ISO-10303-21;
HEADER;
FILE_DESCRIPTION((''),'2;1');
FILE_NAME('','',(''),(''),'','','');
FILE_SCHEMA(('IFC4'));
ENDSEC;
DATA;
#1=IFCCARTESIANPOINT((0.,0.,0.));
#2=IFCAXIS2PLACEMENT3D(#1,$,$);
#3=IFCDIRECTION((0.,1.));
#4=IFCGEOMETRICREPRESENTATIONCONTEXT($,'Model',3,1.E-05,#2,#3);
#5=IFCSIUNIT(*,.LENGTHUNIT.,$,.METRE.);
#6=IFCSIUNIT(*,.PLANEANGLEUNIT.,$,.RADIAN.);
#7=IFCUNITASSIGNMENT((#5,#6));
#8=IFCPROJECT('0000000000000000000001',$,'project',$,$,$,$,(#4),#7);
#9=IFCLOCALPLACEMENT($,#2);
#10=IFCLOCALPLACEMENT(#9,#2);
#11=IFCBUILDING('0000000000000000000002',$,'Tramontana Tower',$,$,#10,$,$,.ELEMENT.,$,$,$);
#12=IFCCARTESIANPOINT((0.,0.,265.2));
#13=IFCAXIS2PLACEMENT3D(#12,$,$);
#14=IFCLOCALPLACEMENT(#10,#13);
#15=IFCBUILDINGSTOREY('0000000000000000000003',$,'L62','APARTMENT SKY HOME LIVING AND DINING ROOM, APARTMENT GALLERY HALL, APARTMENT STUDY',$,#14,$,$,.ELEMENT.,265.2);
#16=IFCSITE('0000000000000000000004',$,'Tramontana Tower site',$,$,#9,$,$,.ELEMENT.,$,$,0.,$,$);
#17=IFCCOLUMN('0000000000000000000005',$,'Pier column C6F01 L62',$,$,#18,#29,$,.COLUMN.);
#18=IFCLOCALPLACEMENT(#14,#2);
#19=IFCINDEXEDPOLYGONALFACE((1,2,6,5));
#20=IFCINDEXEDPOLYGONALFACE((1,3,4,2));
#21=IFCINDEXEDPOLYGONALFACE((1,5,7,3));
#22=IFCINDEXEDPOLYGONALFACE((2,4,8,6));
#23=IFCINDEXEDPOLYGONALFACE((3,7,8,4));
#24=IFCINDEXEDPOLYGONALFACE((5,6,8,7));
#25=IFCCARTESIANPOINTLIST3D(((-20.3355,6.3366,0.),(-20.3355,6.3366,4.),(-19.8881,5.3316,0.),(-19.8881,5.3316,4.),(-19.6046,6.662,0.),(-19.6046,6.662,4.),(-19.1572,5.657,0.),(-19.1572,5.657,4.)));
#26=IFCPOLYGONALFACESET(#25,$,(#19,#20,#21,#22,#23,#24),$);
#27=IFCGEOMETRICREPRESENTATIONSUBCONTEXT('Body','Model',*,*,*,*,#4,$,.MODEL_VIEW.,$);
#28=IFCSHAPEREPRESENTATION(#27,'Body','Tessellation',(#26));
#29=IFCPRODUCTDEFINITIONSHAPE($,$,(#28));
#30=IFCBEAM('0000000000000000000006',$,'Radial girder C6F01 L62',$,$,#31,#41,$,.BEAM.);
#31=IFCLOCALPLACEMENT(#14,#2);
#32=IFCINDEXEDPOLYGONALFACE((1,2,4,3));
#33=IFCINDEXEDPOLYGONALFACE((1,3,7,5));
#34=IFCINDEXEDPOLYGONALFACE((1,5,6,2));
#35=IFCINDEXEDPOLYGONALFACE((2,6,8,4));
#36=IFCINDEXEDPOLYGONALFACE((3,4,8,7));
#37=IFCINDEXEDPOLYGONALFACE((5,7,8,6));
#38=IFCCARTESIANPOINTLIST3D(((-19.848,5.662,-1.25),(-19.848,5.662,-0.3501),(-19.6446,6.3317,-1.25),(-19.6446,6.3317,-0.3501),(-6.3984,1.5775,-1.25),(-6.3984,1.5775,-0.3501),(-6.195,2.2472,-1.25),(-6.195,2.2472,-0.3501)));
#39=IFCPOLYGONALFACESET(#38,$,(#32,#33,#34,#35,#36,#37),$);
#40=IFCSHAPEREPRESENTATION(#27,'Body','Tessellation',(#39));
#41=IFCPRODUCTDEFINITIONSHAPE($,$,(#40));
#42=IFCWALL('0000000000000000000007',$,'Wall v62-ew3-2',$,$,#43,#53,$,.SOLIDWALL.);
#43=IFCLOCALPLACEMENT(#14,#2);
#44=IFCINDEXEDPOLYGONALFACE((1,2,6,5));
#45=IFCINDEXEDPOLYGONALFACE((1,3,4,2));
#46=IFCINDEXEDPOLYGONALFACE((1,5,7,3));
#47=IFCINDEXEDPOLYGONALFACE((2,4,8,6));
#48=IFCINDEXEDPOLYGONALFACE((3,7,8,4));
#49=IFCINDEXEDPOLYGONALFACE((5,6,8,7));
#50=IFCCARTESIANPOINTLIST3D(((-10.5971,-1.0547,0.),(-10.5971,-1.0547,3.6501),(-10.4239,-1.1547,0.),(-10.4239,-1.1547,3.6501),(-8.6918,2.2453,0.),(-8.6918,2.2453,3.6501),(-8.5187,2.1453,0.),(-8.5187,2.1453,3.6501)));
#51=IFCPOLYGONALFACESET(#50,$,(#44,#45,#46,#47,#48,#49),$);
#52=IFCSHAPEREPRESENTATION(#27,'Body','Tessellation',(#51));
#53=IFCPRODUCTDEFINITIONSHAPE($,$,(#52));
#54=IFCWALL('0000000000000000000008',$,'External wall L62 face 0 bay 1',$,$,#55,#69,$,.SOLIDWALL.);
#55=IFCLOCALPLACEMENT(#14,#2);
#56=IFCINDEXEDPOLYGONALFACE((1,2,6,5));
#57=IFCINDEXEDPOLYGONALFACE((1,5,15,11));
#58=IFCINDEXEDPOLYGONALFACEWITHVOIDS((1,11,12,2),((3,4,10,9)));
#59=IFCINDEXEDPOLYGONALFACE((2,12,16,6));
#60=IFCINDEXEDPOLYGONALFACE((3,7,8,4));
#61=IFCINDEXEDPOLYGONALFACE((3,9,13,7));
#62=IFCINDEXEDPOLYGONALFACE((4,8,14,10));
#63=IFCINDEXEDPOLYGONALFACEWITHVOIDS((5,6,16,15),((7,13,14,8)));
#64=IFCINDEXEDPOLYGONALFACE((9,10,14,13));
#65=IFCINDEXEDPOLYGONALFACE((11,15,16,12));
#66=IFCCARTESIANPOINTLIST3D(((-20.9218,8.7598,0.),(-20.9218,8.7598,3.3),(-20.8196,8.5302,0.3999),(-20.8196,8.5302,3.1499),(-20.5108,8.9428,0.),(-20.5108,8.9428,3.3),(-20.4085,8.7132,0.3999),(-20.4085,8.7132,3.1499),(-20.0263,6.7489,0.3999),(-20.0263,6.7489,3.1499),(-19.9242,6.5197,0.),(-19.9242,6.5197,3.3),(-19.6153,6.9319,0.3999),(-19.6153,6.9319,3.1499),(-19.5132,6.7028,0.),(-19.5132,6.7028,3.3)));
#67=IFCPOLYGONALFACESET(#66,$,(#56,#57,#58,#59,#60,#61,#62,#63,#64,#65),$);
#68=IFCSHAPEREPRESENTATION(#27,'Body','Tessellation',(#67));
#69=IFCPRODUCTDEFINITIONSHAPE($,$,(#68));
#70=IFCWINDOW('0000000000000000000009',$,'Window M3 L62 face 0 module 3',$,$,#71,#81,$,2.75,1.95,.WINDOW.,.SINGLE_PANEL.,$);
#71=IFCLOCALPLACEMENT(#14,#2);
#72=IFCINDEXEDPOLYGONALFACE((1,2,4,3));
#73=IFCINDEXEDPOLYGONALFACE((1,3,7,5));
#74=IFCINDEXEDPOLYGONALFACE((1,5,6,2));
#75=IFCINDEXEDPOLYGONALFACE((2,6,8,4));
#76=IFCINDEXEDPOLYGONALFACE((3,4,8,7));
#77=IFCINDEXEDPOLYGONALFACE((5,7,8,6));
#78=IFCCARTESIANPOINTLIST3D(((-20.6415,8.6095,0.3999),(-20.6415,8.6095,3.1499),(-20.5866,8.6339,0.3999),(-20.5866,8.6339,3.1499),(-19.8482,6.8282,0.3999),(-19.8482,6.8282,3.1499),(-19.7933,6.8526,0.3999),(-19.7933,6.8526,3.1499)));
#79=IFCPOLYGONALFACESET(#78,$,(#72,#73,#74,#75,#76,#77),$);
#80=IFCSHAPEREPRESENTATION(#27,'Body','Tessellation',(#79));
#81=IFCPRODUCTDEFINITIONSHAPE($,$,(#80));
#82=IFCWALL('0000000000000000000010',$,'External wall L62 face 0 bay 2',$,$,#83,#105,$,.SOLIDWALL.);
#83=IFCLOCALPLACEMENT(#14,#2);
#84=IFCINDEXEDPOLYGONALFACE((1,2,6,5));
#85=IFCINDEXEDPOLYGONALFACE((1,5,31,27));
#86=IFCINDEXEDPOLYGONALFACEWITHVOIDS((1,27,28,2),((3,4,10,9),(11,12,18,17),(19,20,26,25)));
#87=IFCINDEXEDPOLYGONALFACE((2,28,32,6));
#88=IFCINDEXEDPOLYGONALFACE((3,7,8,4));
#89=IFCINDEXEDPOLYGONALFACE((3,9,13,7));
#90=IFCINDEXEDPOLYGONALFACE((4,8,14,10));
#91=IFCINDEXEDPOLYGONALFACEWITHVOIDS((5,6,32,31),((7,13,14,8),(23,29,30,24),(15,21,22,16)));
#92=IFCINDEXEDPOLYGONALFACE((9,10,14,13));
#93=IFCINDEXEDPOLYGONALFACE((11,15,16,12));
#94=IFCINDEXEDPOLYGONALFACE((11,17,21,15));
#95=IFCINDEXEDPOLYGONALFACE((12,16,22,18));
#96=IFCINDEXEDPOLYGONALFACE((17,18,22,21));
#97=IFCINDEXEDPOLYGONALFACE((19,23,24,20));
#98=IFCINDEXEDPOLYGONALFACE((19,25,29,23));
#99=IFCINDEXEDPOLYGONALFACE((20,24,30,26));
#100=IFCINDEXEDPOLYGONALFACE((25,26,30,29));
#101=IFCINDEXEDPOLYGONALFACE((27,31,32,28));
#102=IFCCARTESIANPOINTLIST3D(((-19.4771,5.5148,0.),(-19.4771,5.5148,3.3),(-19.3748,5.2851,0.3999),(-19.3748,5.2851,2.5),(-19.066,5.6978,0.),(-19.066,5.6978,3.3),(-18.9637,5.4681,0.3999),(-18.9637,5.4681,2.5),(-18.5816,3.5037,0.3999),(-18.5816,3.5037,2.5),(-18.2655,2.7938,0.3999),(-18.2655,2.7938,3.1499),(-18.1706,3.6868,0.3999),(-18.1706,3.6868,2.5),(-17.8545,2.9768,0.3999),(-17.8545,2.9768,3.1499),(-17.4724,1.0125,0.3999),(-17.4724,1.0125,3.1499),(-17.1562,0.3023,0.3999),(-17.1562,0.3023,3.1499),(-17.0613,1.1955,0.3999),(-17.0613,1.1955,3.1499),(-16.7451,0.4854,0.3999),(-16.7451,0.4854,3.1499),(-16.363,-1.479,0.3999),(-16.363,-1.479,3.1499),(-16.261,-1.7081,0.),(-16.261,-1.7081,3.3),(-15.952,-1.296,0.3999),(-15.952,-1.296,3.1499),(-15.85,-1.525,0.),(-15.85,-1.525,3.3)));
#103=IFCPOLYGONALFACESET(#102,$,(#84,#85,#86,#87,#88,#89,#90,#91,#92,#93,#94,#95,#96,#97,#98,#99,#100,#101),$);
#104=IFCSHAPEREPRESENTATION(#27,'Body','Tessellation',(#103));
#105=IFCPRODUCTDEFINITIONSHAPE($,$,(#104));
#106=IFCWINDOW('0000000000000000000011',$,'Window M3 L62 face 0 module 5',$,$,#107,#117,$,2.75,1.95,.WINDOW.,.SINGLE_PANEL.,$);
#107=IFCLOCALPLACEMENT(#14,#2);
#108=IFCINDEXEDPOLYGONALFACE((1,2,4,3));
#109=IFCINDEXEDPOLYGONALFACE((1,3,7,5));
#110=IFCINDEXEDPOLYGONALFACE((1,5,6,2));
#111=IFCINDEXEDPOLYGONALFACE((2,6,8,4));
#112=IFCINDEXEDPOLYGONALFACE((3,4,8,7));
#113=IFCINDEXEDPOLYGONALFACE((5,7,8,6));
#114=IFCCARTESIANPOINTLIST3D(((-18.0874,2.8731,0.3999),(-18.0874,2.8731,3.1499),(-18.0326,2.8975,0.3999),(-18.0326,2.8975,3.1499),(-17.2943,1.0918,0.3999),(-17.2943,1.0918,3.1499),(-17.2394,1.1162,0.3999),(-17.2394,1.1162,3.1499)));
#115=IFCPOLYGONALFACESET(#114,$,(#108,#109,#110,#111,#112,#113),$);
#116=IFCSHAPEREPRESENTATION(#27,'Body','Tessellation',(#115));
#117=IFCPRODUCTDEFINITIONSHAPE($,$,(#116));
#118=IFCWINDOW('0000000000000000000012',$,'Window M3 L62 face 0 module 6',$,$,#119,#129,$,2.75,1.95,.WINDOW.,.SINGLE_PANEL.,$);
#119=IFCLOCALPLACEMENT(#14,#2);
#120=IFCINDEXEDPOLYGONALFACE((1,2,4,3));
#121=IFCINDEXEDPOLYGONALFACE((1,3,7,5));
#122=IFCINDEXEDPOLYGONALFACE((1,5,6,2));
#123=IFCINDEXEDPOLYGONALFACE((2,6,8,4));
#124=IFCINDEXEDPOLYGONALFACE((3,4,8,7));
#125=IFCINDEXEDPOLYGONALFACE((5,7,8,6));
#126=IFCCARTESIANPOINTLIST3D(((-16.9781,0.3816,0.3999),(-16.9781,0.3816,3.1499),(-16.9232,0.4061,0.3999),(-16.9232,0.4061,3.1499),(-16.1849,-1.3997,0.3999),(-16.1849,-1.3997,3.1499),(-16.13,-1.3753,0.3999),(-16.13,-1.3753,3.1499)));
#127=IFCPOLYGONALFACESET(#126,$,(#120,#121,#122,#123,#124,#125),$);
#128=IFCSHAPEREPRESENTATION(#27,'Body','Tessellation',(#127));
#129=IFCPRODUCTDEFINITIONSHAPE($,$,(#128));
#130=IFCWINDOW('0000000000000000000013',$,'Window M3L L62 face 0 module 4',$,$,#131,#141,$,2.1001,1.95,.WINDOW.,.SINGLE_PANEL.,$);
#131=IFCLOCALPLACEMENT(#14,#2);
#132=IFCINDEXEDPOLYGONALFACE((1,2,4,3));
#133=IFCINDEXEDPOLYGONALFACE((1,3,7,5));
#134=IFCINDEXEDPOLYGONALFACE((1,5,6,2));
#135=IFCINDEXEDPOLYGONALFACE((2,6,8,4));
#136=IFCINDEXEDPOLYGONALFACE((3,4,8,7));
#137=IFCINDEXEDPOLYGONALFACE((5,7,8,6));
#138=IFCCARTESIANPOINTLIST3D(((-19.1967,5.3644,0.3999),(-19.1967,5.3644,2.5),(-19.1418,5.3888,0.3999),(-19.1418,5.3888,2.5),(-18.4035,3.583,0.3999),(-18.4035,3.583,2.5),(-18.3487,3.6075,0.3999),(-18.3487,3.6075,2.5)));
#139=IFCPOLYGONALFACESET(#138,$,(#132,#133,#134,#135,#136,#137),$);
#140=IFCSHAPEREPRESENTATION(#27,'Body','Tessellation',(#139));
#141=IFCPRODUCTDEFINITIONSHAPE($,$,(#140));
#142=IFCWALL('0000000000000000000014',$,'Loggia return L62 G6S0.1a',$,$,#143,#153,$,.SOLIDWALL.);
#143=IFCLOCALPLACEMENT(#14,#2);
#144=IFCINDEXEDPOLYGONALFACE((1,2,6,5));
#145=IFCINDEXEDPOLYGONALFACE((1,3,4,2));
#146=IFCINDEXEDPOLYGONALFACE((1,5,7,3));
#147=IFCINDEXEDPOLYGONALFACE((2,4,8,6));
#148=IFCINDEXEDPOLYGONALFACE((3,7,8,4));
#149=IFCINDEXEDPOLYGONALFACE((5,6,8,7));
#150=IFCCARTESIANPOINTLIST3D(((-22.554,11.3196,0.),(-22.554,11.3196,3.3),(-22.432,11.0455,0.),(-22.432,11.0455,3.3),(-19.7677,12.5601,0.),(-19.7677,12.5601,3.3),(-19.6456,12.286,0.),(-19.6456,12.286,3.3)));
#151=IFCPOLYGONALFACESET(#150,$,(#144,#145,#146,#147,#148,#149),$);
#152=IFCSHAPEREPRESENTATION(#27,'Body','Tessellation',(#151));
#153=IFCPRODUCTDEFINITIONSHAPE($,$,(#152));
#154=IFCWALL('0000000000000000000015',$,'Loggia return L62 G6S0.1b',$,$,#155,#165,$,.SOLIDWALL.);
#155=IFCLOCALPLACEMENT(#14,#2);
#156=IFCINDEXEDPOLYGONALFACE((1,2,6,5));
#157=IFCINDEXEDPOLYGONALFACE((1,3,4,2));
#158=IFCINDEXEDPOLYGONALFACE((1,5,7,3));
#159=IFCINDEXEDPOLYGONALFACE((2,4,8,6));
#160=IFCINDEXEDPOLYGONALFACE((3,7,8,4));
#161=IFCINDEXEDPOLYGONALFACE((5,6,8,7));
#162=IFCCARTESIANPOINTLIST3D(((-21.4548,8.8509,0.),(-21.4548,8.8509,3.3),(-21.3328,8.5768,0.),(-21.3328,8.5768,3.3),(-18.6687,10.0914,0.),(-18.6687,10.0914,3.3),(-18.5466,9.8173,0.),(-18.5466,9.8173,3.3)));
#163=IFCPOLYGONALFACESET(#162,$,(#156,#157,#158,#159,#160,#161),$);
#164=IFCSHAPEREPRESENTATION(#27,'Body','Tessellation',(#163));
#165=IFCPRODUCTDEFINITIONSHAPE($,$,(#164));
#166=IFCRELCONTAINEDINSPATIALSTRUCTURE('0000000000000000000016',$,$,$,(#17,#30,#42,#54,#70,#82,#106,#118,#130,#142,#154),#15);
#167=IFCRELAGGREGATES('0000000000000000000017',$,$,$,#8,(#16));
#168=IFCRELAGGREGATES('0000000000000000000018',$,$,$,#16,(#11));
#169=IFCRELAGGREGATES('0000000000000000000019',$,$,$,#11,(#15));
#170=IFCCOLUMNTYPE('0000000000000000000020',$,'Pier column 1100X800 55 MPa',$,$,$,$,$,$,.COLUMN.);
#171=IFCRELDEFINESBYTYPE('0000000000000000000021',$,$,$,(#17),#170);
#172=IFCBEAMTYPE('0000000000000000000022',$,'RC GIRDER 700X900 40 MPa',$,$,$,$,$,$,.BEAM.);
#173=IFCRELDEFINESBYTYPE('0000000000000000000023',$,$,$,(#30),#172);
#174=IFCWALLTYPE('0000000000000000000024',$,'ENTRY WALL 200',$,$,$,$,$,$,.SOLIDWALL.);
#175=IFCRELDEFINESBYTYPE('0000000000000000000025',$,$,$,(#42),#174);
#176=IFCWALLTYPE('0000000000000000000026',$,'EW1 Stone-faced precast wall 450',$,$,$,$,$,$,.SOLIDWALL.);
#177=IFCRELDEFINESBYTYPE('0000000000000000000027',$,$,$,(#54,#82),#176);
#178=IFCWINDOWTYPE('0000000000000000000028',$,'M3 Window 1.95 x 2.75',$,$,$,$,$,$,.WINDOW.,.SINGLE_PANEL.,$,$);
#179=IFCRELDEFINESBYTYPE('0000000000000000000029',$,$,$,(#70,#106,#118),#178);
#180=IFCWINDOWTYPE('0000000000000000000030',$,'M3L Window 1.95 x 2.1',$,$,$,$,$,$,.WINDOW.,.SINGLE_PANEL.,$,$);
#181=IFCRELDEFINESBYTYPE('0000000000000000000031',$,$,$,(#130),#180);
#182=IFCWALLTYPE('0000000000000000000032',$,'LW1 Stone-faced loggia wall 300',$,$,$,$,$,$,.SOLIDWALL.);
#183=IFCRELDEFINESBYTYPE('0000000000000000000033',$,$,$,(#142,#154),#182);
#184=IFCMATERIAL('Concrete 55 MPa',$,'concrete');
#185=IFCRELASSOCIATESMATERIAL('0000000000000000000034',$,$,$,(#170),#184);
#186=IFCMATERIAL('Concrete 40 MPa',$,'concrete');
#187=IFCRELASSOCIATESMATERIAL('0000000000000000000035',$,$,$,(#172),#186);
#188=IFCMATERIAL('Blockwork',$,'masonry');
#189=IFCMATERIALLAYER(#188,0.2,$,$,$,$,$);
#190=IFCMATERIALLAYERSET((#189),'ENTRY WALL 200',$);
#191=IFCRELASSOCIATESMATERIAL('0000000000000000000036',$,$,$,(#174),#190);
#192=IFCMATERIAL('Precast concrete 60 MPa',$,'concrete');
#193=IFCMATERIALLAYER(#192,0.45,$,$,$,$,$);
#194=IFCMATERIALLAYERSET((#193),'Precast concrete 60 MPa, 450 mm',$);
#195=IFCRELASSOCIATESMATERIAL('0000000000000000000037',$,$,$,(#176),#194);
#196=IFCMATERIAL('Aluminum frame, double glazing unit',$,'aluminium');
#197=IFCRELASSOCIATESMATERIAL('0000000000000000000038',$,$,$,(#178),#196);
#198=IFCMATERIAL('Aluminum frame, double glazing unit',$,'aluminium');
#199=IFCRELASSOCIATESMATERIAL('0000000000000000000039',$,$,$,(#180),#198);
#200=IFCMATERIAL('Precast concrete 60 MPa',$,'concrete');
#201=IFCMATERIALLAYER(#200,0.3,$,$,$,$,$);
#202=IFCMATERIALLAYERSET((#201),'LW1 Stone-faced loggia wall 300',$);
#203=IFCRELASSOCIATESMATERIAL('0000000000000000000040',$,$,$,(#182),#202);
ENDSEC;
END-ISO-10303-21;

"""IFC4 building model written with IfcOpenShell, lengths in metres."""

from ifc_helpers import new_model, si_unit, direction, frame, frame_2d, origin, origin_2d, place, context, subcontext, project, spatial, rectangle, extrude, material, layer, layer_set, material_profile, profile_set, type_object, element, fill, save


model = new_model("IFC4")

# Units and contexts
model_context = context("Model", 3, precision=1e-05, world=origin(), true_north=direction((0.0, 1.0)))
body_context = subcontext(model_context, "Body", "Model", "MODEL_VIEW")
ifc_project = project(units=[si_unit("LENGTHUNIT", "METRE"), si_unit("PLANEANGLEUNIT", "RADIAN")], contexts=[model_context])

# Site, building, storey
site_placement = place(None, origin())
site = spatial("IfcSite", under=ifc_project, at=site_placement, Name="Tramontana Tower site", CompositionType="ELEMENT", RefElevation=0.0)
building_placement = place(site_placement, origin())
building = spatial("IfcBuilding", under=site, at=building_placement, Name="Tramontana Tower", CompositionType="ELEMENT")
storey_placement = place(building_placement, frame((0.0, 0.0, 265.2)))
storey = spatial("IfcBuildingStorey", under=building, at=storey_placement, Name="L62", Description="APARTMENT SKY HOME LIVING AND DINING ROOM, APARTMENT GALLERY HALL, APARTMENT STUDY", CompositionType="ELEMENT", Elevation=265.2)

# Column
ifc_material_1 = material(Name="Concrete 55 MPa", Category="concrete")
ifc_material_profile_1 = material_profile(ifc_material_1, rectangle(XDim=1.1001, YDim=0.8, at=origin_2d()), Name="Pier column 1100X800 55 MPa")
ifc_profile_set_1 = profile_set([ifc_material_profile_1], Name="Concrete 55 MPa")
column_type = type_object("IfcColumnType", Name="Pier column 1100X800 55 MPa", PredefinedType="COLUMN", material=ifc_profile_set_1)
column_placement = place(storey_placement, frame((-19.7463, 5.9968, 0.0), z_axis=(0.0, 0.0, 1.0), x_axis=(0.406737, -0.913545, 0.0)))
element("IfcColumn", 1, at=column_placement, inside=storey, type_object=column_type, Name="Pier column C6F01 L62", PredefinedType="COLUMN", context=body_context, shape_type="SweptSolid", body=[
    extrude(rectangle(XDim=1.1001, YDim=0.8, at=origin_2d()), origin(), (0.0, 0.0, 1.0), 4.0),
])

# Beam
ifc_material_2 = material(Name="Concrete 40 MPa", Category="concrete")
ifc_material_profile_2 = material_profile(ifc_material_2, rectangle(XDim=0.7, YDim=0.8999, at=origin_2d()), Name="RC GIRDER 700X900 40 MPa")
ifc_profile_set_2 = profile_set([ifc_material_profile_2], Name="Concrete 40 MPa")
beam_type = type_object("IfcBeamType", Name="RC GIRDER 700X900 40 MPa", PredefinedType="BEAM", material=ifc_profile_set_2)
beam_placement = place(storey_placement, frame((-19.7463, 5.9968, -0.8), z_axis=(0.95685, -0.290581, 0.0), x_axis=(0.290581, 0.95685, 0.0)))
element("IfcBeam", 2, at=beam_placement, inside=storey, type_object=beam_type, Name="Radial girder C6F01 L62", PredefinedType="BEAM", context=body_context, shape_type="SweptSolid", body=[
    extrude(rectangle(XDim=0.7, YDim=0.8999, at=origin_2d()), origin(), (0.0, 0.0, 1.0), 14.0562),
])

# Wall
ifc_material_3 = material(Name="Blockwork", Category="masonry")
ifc_layer_1 = layer(ifc_material_3, 0.2)
ifc_layer_set_1 = layer_set([ifc_layer_1], Name="ENTRY WALL 200")
wall_type_1 = type_object("IfcWallType", Name="ENTRY WALL 200", PredefinedType="SOLIDWALL", material=ifc_layer_set_1)
wall_1_placement = place(storey_placement, frame((-10.5105, -1.1047, 0.0), z_axis=(0.0, 0.0, 1.0), x_axis=(0.499998, 0.866027, 0.0)))
element("IfcWall", 3, at=wall_1_placement, inside=storey, type_object=wall_type_1, Name="Wall v62-ew3-2", PredefinedType="SOLIDWALL", context=body_context, shape_type="SweptSolid", body=[
    extrude(rectangle(XDim=3.8105, YDim=0.2, at=frame_2d((1.9053, 0.0))), origin(), (0.0, 0.0, 1.0), 3.6501),
])

# Wall, opening, window
ifc_material_4 = material(Name="Precast concrete 60 MPa", Category="concrete")
ifc_layer_2 = layer(ifc_material_4, 0.45)
ifc_layer_set_2 = layer_set([ifc_layer_2], Name="Precast concrete 60 MPa, 450 mm")
wall_type_2 = type_object("IfcWallType", Name="EW1 Stone-faced precast wall 450", PredefinedType="SOLIDWALL", material=ifc_layer_set_2)
wall_2_placement = place(storey_placement, frame((-20.7163, 8.8513, 0.0), z_axis=(0.0, 0.0, 1.0), x_axis=(0.406822, -0.913507, 0.0)))
wall_2 = element("IfcWall", 4, at=wall_2_placement, inside=storey, type_object=wall_type_2, Name="External wall L62 face 0 bay 1", PredefinedType="SOLIDWALL", context=body_context, shape_type="SweptSolid", body=[
    extrude(rectangle(XDim=2.4521, YDim=0.45, at=frame_2d((1.2261, 0.0))), origin(), (0.0, 0.0, 1.0), 3.3),
])
opening_1_placement = place(wall_2_placement, frame((0.2512, 0.0, 0.3999)))
opening_1 = element("IfcOpeningElement", 5, at=opening_1_placement, cuts=wall_2, PredefinedType="OPENING", context=body_context, shape_type="SweptSolid", body=[
    extrude(rectangle(XDim=1.95, YDim=2.75, at=frame_2d((0.9751, 1.375))), frame((0.0, 0.2349, 0.0), z_axis=(0.0, -1.0, 0.0), x_axis=(1.0, 0.0, 0.0)), (0.0, 0.0, 1.0), 0.47),
])
ifc_material_5 = material(Name="Aluminum frame, double glazing unit", Category="aluminium")
window_type_1 = type_object("IfcWindowType", Name="M3 Window 1.95 x 2.75", PartitioningType="SINGLE_PANEL", PredefinedType="WINDOW", material=ifc_material_5)
window_1_placement = place(opening_1_placement, origin())
window_1 = element("IfcWindow", 6, at=window_1_placement, inside=storey, type_object=window_type_1, Name="Window M3 L62 face 0 module 3", OverallHeight=2.75, OverallWidth=1.95, PartitioningType="SINGLE_PANEL", PredefinedType="WINDOW", context=body_context, shape_type="SweptSolid", body=[
    extrude(rectangle(XDim=1.95, YDim=2.75, at=frame_2d((0.9751, 1.375))), frame((0.0, 0.03, 0.0), z_axis=(0.0, -1.0, 0.0), x_axis=(1.0, 0.0, 0.0)), (0.0, 0.0, 1.0), 0.0601),
])
fill(opening_1, window_1)

# Wall, openings, windows
wall_3_placement = place(storey_placement, frame((-19.2715, 5.6062, 0.0), z_axis=(0.0, 0.0, 1.0), x_axis=(0.40676, -0.913535, 0.0)))
wall_3 = element("IfcWall", 7, at=wall_3_placement, inside=storey, type_object=wall_type_2, Name="External wall L62 face 0 bay 2", PredefinedType="SOLIDWALL", context=body_context, shape_type="SweptSolid", body=[
    extrude(rectangle(XDim=7.9065, YDim=0.45, at=frame_2d((3.9531, 0.0))), origin(), (0.0, 0.0, 1.0), 3.3),
])
opening_2_placement = place(wall_3_placement, frame((0.2512, 0.0, 0.3999)))
opening_2 = element("IfcOpeningElement", 8, at=opening_2_placement, cuts=wall_3, PredefinedType="OPENING", context=body_context, shape_type="SweptSolid", body=[
    extrude(rectangle(XDim=1.95, YDim=2.1001, at=frame_2d((0.9751, 1.05))), frame((0.0, 0.2349, 0.0), z_axis=(0.0, -1.0, 0.0), x_axis=(1.0, 0.0, 0.0)), (0.0, 0.0, 1.0), 0.47),
])
opening_3_placement = place(wall_3_placement, frame((2.9783, 0.0, 0.3999)))
opening_3 = element("IfcOpeningElement", 9, at=opening_3_placement, cuts=wall_3, PredefinedType="OPENING", context=body_context, shape_type="SweptSolid", body=[
    extrude(rectangle(XDim=1.95, YDim=2.75, at=frame_2d((0.9751, 1.375))), frame((0.0, 0.2349, 0.0), z_axis=(0.0, -1.0, 0.0), x_axis=(1.0, 0.0, 0.0)), (0.0, 0.0, 1.0), 0.47),
])
opening_4_placement = place(wall_3_placement, frame((5.7056, 0.0, 0.3999)))
opening_4 = element("IfcOpeningElement", 10, at=opening_4_placement, cuts=wall_3, PredefinedType="OPENING", context=body_context, shape_type="SweptSolid", body=[
    extrude(rectangle(XDim=1.95, YDim=2.75, at=frame_2d((0.9751, 1.375))), frame((0.0, 0.2349, 0.0), z_axis=(0.0, -1.0, 0.0), x_axis=(1.0, 0.0, 0.0)), (0.0, 0.0, 1.0), 0.47),
])
window_2_placement = place(opening_3_placement, origin())
window_2 = element("IfcWindow", 11, at=window_2_placement, inside=storey, type_object=window_type_1, Name="Window M3 L62 face 0 module 5", OverallHeight=2.75, OverallWidth=1.95, PartitioningType="SINGLE_PANEL", PredefinedType="WINDOW", context=body_context, shape_type="SweptSolid", body=[
    extrude(rectangle(XDim=1.95, YDim=2.75, at=frame_2d((0.9751, 1.375))), frame((0.0, 0.03, 0.0), z_axis=(0.0, -1.0, 0.0), x_axis=(1.0, 0.0, 0.0)), (0.0, 0.0, 1.0), 0.0601),
])
fill(opening_3, window_2)
window_3_placement = place(opening_4_placement, origin())
window_3 = element("IfcWindow", 12, at=window_3_placement, inside=storey, type_object=window_type_1, Name="Window M3 L62 face 0 module 6", OverallHeight=2.75, OverallWidth=1.95, PartitioningType="SINGLE_PANEL", PredefinedType="WINDOW", context=body_context, shape_type="SweptSolid", body=[
    extrude(rectangle(XDim=1.95, YDim=2.75, at=frame_2d((0.9751, 1.375))), frame((0.0, 0.03, 0.0), z_axis=(0.0, -1.0, 0.0), x_axis=(1.0, 0.0, 0.0)), (0.0, 0.0, 1.0), 0.0601),
])
fill(opening_4, window_3)
ifc_material_6 = material(Name="Aluminum frame, double glazing unit", Category="aluminium")
window_type_2 = type_object("IfcWindowType", Name="M3L Window 1.95 x 2.1", PartitioningType="SINGLE_PANEL", PredefinedType="WINDOW", material=ifc_material_6)
window_4_placement = place(opening_2_placement, origin())
window_4 = element("IfcWindow", 13, at=window_4_placement, inside=storey, type_object=window_type_2, Name="Window M3L L62 face 0 module 4", OverallHeight=2.1001, OverallWidth=1.95, PartitioningType="SINGLE_PANEL", PredefinedType="WINDOW", context=body_context, shape_type="SweptSolid", body=[
    extrude(rectangle(XDim=1.95, YDim=2.1001, at=frame_2d((0.9751, 1.05))), frame((0.0, 0.03, 0.0), z_axis=(0.0, -1.0, 0.0), x_axis=(1.0, 0.0, 0.0)), (0.0, 0.0, 1.0), 0.0601),
])
fill(opening_2, window_4)

# Walls
ifc_material_7 = material(Name="Precast concrete 60 MPa", Category="concrete")
ifc_layer_3 = layer(ifc_material_7, 0.3)
ifc_layer_set_3 = layer_set([ifc_layer_3], Name="LW1 Stone-faced loggia wall 300")
wall_type_3 = type_object("IfcWallType", Name="LW1 Stone-faced loggia wall 300", PredefinedType="SOLIDWALL", material=ifc_layer_set_3)
wall_4_placement = place(storey_placement, frame((-22.4929, 11.1826, 0.0), z_axis=(0.0, 0.0, 1.0), x_axis=(0.913557, 0.40671, 0.0)))
element("IfcWall", 14, at=wall_4_placement, inside=storey, type_object=wall_type_3, Name="Loggia return L62 G6S0.1a", PredefinedType="SOLIDWALL", context=body_context, shape_type="SweptSolid", body=[
    extrude(rectangle(XDim=3.05, YDim=0.3, at=frame_2d((1.5249, 0.0))), origin(), (0.0, 0.0, 1.0), 3.3),
])
wall_5_placement = place(storey_placement, frame((-21.3938, 8.7139, 0.0), z_axis=(0.0, 0.0, 1.0), x_axis=(0.913544, 0.40674, 0.0)))
element("IfcWall", 15, at=wall_5_placement, inside=storey, type_object=wall_type_3, Name="Loggia return L62 G6S0.1b", PredefinedType="SOLIDWALL", context=body_context, shape_type="SweptSolid", body=[
    extrude(rectangle(XDim=3.0498, YDim=0.3, at=frame_2d((1.5249, 0.0))), origin(), (0.0, 0.0, 1.0), 3.3),
])

save(model, "model.ifc")
